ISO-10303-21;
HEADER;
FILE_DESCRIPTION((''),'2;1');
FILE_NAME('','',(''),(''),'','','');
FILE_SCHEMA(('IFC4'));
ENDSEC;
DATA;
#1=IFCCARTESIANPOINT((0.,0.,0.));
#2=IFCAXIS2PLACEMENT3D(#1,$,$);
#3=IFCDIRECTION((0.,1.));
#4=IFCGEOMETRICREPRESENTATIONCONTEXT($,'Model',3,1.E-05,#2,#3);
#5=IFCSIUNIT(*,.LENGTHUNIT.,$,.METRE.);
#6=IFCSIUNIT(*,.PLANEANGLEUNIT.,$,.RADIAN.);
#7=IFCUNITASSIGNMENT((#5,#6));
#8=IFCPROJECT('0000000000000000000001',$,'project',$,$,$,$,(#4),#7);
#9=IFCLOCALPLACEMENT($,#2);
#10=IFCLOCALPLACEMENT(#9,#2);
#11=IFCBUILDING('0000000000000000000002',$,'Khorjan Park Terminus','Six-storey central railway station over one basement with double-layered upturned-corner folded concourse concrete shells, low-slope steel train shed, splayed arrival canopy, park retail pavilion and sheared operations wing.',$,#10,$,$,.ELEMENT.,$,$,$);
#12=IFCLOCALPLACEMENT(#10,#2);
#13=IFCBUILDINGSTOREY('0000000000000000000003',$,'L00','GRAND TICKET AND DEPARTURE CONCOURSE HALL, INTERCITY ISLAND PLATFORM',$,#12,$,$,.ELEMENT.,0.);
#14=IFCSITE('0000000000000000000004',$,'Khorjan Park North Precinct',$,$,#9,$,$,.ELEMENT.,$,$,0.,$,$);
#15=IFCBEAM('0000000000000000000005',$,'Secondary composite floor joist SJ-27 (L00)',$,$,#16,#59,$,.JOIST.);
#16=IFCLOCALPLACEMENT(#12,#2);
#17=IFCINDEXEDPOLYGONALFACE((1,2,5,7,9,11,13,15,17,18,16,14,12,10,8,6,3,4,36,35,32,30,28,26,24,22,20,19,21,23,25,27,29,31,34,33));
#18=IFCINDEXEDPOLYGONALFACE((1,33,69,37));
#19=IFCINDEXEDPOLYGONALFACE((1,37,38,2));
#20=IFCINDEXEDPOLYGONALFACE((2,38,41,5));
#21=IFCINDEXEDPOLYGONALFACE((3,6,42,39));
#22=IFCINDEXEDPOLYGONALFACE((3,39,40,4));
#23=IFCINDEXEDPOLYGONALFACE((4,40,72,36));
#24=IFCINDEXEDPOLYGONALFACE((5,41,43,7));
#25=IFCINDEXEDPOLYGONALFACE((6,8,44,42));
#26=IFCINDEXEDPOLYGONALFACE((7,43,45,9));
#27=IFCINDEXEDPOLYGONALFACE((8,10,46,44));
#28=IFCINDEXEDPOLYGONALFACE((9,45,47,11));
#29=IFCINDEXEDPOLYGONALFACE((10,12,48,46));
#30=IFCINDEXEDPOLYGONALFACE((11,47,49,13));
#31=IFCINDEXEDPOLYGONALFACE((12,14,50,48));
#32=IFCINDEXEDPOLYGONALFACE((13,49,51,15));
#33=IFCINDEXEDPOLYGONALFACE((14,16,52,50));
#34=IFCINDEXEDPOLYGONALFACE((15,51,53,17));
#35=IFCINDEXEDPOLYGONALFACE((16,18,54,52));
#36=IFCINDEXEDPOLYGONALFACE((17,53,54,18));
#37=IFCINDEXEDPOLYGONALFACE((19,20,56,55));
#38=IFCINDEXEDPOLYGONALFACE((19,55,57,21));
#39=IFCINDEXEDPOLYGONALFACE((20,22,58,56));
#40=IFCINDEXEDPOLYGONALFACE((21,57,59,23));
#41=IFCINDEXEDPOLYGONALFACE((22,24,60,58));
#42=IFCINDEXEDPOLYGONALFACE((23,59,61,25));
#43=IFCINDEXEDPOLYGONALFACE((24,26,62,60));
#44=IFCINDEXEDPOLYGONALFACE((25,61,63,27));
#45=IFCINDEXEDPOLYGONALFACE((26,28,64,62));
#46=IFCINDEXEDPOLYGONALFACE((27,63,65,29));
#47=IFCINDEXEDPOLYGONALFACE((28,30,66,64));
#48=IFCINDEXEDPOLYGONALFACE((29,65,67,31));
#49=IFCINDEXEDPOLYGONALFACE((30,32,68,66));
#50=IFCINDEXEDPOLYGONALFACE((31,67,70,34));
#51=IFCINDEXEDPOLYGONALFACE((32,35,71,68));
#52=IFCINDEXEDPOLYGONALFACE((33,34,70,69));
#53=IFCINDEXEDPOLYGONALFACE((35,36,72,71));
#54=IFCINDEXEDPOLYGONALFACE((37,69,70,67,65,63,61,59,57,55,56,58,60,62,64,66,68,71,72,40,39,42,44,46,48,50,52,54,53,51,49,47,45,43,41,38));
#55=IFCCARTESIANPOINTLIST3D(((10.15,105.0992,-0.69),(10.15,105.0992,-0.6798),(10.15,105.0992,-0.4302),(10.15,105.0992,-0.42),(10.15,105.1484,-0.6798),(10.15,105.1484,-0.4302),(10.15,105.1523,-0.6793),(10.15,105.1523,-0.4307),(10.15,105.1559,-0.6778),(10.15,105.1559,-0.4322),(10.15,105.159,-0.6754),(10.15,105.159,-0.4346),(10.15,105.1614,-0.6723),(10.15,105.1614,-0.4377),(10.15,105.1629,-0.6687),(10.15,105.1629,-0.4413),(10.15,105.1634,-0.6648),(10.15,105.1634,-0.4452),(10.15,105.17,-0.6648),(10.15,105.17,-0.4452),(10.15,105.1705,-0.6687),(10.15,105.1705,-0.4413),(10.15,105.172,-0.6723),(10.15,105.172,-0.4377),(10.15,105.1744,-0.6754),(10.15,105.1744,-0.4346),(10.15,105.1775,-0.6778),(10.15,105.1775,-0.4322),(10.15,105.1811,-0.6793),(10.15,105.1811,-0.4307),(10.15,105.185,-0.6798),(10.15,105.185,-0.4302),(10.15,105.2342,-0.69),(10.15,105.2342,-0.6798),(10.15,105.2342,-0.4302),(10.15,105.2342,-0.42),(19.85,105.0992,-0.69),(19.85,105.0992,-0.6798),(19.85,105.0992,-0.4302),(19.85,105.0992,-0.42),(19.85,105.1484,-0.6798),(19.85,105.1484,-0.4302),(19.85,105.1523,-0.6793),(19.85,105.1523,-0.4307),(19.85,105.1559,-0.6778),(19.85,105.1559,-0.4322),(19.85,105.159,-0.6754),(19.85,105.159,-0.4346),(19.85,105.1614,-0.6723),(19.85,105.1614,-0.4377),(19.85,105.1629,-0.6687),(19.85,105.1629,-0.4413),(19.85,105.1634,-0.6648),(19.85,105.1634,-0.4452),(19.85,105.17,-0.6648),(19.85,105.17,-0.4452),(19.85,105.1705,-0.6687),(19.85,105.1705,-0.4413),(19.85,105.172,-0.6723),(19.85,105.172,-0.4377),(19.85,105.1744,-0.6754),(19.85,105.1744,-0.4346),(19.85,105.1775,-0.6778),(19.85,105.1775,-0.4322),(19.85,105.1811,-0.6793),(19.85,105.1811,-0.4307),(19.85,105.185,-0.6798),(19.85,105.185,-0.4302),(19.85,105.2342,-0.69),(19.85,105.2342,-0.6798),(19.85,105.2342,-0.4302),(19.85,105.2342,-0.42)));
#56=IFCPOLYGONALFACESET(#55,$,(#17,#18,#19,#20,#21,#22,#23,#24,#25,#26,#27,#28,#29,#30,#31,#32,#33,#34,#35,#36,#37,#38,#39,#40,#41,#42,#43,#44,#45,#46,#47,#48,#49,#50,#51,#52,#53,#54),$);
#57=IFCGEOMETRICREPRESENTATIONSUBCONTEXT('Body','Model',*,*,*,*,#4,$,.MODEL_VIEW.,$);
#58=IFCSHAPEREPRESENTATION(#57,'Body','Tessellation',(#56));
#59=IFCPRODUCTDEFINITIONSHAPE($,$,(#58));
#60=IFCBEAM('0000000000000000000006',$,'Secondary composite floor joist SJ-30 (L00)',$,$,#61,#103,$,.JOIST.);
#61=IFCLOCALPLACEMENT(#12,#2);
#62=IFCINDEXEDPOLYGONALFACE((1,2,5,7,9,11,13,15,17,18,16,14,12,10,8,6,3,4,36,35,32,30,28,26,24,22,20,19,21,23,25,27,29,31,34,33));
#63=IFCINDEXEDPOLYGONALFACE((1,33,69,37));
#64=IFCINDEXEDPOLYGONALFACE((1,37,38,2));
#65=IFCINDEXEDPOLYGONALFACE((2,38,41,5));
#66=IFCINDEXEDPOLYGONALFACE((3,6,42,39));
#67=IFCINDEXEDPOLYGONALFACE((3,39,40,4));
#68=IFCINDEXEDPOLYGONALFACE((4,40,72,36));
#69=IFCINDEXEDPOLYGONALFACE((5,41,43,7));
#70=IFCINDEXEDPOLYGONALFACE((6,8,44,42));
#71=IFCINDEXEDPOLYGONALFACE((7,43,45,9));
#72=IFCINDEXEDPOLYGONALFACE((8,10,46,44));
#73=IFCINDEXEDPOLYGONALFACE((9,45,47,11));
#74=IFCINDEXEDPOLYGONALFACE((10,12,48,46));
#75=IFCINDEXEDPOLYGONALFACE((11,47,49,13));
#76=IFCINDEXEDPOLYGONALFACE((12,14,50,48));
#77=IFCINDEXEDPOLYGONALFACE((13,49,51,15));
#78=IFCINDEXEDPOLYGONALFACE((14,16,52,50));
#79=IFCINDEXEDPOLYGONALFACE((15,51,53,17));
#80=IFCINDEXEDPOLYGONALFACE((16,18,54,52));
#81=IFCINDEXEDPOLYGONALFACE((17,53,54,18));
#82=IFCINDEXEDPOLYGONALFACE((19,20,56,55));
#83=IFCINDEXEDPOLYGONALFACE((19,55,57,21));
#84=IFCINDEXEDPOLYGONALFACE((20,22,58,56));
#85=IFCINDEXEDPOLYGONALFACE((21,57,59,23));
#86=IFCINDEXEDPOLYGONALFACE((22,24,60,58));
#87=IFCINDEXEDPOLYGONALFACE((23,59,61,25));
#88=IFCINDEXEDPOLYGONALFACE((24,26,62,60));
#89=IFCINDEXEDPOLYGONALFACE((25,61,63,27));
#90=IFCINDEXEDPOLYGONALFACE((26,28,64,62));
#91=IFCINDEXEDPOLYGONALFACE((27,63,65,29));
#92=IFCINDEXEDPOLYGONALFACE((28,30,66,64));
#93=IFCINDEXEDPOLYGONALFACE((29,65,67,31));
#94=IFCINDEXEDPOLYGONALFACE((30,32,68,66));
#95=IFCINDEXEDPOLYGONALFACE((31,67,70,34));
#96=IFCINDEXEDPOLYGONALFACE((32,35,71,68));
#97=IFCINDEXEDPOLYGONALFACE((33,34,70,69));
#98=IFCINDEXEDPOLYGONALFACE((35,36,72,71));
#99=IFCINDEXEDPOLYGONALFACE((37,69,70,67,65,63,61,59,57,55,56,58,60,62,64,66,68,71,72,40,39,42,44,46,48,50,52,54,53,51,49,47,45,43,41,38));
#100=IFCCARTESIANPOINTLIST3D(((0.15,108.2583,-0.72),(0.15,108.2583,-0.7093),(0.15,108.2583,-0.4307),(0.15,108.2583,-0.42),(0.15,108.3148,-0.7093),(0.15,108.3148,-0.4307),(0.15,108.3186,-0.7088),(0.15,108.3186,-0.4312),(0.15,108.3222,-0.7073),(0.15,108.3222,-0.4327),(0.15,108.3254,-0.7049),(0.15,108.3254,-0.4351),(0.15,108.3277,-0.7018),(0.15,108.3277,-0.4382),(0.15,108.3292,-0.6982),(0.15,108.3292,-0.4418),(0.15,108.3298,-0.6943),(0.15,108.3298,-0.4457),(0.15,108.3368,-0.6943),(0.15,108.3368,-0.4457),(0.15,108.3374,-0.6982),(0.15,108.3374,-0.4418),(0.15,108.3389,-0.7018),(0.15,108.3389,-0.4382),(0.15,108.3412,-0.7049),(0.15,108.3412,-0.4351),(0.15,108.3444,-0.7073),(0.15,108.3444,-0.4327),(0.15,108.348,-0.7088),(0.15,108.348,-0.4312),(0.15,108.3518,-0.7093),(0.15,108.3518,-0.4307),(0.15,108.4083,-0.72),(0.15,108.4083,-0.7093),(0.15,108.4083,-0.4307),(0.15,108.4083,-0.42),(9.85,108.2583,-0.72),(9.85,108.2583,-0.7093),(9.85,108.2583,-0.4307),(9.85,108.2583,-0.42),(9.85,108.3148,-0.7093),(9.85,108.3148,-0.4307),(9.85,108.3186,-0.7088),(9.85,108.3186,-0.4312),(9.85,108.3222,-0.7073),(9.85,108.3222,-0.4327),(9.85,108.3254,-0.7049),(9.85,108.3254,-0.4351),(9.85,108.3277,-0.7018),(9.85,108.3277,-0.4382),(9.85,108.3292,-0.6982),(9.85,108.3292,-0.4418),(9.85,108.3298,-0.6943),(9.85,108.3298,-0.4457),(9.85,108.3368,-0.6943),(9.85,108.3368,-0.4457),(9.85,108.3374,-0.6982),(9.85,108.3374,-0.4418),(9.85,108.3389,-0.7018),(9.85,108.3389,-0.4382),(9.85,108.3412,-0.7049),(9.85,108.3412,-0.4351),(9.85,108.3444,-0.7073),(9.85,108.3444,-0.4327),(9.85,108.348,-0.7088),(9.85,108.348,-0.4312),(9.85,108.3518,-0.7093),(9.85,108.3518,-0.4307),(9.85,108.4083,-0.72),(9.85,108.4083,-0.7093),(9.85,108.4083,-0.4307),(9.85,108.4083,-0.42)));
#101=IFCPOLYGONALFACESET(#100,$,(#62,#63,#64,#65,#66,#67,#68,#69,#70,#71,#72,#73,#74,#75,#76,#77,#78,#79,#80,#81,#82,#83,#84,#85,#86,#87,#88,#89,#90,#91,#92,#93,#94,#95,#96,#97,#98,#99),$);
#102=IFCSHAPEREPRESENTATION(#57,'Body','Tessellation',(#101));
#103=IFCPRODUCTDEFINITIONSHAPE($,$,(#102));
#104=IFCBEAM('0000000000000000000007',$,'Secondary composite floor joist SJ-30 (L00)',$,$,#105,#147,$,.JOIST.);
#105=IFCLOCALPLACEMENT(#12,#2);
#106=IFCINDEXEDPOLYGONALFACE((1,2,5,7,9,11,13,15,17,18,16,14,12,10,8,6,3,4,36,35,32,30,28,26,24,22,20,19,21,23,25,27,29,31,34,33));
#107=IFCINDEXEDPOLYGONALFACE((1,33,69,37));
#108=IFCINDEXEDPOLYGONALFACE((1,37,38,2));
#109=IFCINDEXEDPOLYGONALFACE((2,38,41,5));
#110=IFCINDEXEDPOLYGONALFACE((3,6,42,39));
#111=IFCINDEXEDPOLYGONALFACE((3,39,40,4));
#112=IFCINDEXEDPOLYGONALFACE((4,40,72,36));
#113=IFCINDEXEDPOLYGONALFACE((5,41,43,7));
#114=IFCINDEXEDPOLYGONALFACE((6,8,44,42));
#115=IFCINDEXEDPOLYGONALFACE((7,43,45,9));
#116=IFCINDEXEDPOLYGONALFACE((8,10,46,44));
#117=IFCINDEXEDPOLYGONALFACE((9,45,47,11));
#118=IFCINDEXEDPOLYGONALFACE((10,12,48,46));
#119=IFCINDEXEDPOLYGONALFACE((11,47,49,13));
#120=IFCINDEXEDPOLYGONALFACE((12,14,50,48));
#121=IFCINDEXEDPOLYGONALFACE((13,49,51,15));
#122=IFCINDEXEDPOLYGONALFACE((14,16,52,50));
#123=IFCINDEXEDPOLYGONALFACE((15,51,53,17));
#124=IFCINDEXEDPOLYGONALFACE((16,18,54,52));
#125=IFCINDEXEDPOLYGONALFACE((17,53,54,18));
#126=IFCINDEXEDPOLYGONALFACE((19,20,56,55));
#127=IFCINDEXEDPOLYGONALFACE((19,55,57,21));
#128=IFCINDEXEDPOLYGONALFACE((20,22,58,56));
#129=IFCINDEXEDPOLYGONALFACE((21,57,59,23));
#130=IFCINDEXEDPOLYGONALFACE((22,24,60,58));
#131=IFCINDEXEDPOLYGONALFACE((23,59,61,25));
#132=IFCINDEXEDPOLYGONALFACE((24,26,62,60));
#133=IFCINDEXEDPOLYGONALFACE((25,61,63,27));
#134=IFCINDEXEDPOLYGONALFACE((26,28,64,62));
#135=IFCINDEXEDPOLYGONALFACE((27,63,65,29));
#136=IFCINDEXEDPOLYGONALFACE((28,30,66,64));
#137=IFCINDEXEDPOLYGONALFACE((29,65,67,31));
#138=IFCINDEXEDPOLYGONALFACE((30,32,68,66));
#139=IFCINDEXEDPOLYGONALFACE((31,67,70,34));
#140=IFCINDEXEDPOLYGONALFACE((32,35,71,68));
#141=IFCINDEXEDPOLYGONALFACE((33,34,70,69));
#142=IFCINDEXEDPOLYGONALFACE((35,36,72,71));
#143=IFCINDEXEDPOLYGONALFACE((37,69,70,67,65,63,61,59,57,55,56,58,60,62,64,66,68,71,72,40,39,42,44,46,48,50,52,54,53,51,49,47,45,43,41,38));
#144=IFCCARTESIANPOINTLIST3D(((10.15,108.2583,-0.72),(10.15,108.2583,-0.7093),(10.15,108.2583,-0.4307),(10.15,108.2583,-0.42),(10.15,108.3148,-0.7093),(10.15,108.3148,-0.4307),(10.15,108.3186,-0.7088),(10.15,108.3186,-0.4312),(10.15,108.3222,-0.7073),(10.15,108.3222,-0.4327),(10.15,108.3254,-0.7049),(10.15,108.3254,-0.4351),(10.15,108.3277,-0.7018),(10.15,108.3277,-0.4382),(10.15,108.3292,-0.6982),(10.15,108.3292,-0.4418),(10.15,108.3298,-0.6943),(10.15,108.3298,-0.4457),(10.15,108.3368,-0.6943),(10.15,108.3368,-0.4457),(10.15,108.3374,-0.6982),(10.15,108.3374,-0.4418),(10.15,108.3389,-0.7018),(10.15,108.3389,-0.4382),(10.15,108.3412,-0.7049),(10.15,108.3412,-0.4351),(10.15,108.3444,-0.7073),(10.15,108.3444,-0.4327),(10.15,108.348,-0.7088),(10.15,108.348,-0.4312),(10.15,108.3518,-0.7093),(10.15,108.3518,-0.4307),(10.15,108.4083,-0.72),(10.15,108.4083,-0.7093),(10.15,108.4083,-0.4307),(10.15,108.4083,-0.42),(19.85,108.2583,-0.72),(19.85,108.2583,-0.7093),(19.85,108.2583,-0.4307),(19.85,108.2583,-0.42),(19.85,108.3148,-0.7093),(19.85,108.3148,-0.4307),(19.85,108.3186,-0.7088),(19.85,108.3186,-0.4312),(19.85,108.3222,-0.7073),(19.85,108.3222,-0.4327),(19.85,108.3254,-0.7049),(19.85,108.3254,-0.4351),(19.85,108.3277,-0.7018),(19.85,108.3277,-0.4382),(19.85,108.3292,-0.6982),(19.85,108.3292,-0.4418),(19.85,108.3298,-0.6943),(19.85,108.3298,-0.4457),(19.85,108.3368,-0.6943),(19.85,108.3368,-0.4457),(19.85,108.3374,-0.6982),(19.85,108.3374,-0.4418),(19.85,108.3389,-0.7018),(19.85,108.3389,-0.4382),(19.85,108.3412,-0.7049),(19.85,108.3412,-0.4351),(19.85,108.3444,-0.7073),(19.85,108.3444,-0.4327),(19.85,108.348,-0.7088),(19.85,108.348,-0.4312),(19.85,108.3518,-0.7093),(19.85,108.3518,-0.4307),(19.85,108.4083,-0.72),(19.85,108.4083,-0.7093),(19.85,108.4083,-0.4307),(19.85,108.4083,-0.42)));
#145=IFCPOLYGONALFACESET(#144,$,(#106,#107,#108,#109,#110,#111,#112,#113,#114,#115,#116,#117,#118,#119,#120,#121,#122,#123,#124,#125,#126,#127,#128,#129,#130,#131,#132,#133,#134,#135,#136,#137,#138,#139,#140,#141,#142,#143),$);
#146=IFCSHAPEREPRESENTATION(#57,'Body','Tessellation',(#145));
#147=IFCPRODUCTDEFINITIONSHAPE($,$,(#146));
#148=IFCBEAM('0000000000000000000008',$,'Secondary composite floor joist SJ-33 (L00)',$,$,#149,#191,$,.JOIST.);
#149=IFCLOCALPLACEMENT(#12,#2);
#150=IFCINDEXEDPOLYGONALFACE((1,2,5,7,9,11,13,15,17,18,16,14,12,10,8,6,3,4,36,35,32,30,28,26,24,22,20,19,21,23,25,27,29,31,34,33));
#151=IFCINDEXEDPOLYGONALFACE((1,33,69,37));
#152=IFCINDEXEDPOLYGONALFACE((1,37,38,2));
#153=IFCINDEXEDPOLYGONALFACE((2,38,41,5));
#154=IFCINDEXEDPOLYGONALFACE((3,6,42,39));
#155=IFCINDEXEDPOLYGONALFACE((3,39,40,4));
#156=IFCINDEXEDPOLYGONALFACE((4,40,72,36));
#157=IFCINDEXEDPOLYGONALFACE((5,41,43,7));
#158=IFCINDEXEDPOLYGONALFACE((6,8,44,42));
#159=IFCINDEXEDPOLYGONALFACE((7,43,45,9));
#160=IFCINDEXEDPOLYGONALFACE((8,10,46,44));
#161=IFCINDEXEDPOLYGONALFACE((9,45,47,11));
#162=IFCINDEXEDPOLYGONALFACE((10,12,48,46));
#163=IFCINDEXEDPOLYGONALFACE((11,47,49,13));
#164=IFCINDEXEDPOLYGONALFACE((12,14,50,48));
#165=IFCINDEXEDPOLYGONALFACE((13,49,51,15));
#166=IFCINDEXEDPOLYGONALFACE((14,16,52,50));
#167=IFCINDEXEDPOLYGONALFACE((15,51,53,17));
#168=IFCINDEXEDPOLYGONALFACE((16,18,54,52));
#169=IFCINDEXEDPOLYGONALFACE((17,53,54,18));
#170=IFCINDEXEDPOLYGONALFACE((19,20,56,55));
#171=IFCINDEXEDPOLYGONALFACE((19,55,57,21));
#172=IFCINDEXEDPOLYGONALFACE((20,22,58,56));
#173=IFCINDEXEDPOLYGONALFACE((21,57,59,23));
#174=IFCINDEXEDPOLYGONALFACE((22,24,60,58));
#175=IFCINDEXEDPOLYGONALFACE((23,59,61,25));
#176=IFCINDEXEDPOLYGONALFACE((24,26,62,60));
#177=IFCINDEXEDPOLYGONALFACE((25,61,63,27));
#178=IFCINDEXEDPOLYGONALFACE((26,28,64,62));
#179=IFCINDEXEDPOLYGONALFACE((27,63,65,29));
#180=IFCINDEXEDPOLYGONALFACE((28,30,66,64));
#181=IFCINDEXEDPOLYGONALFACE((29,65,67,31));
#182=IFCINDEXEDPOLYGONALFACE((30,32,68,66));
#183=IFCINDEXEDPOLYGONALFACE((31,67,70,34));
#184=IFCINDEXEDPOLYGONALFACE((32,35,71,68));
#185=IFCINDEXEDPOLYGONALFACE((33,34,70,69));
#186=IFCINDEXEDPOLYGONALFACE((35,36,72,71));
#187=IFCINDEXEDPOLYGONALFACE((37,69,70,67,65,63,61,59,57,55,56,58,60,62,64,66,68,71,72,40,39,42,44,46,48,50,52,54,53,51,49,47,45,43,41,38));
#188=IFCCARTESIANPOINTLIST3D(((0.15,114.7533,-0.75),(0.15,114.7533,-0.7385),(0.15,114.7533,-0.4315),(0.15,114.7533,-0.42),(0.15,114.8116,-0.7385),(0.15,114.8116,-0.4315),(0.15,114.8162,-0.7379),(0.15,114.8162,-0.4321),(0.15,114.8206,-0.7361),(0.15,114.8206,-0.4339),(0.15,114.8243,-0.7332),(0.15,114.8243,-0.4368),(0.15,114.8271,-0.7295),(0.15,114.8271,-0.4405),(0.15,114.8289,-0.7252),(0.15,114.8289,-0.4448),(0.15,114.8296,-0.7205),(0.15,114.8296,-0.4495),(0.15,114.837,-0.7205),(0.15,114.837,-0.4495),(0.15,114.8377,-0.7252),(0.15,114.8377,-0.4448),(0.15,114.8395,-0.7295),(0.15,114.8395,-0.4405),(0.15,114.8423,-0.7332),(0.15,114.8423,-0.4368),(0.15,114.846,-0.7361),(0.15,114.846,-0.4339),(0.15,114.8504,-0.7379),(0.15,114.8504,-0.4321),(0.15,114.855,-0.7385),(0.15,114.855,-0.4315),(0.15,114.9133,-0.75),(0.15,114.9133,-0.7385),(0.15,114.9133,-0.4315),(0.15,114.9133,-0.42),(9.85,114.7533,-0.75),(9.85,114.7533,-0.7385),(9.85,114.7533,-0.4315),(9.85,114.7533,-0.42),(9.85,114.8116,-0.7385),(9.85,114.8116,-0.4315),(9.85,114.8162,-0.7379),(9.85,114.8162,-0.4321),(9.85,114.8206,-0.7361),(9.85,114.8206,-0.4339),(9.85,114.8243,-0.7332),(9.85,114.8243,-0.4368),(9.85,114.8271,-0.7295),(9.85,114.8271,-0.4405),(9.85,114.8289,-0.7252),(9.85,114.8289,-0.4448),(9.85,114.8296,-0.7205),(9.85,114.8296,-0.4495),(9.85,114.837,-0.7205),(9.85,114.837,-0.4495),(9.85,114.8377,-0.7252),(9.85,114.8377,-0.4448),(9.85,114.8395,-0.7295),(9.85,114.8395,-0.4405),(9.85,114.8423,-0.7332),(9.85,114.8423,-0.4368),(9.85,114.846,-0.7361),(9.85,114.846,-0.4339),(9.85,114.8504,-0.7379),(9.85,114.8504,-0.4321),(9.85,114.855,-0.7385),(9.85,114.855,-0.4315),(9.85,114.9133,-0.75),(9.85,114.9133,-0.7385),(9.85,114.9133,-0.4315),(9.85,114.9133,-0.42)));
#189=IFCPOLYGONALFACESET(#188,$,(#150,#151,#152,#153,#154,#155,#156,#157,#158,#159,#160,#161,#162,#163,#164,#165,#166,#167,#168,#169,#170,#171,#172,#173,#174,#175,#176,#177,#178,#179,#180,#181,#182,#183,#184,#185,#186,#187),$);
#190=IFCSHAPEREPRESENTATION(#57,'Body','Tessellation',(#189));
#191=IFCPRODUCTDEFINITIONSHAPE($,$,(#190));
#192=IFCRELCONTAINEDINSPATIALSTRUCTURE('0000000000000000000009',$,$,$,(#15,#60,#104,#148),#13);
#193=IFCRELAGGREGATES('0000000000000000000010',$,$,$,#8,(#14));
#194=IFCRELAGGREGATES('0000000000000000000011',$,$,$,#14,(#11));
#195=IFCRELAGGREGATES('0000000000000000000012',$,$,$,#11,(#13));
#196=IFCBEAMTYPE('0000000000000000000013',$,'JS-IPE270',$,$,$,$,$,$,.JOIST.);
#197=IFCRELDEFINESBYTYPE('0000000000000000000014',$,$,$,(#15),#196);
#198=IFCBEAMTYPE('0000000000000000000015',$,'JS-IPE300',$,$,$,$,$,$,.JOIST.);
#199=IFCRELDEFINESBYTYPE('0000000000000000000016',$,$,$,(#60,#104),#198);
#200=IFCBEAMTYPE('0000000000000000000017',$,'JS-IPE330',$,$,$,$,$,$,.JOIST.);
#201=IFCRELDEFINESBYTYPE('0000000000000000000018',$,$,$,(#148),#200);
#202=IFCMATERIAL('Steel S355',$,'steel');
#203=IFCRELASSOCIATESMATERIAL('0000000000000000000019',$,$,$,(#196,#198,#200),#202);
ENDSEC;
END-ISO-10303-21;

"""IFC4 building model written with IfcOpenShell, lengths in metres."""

from ifc_helpers import new_model, si_unit, direction, frame, origin, origin_2d, place, context, subcontext, project, spatial, i_section, extrude, material, material_profile, profile_set, type_object, element, save


model = new_model("IFC4")

# Units and contexts
model_context = context("Model", 3, precision=1e-05, world=origin(), true_north=direction((0.0, 1.0)))
body_context = subcontext(model_context, "Body", "Model", "MODEL_VIEW")
ifc_project = project(units=[si_unit("LENGTHUNIT", "METRE"), si_unit("PLANEANGLEUNIT", "RADIAN")], contexts=[model_context])

# Site, building, storey
site_placement = place(None, origin())
site = spatial("IfcSite", under=ifc_project, at=site_placement, Name="Khorjan Park North Precinct", CompositionType="ELEMENT", RefElevation=0.0)
building_placement = place(site_placement, origin())
building = spatial("IfcBuilding", under=site, at=building_placement, Name="Khorjan Park Terminus", Description="Six-storey central railway station over one basement with double-layered upturned-corner folded concourse concrete shells, low-slope steel train shed, splayed arrival canopy, park retail pavilion and sheared operations wing.", CompositionType="ELEMENT")
storey_placement = place(building_placement, origin())
storey = spatial("IfcBuildingStorey", under=building, at=storey_placement, Name="L00", Description="GRAND TICKET AND DEPARTURE CONCOURSE HALL, INTERCITY ISLAND PLATFORM", CompositionType="ELEMENT", Elevation=0.0)

# Beams
ifc_material = material(Name="Steel S355", Category="steel")
ifc_material_profile_1 = material_profile(ifc_material, i_section(OverallWidth=0.135, OverallDepth=0.27, WebThickness=0.0066, FlangeThickness=0.0102, FilletRadius=0.015, at=origin_2d()), Name="IPE 270")
ifc_profile_set_1 = profile_set([ifc_material_profile_1], Name="Steel S355")
beam_type_1 = type_object("IfcBeamType", Name="JS-IPE270", PredefinedType="JOIST", material=ifc_profile_set_1)
for number, where, z_axis, x_axis, name in (
    (1, (10.15, 105.1667, -0.555), (1.0, 0.0, 0.0), (0.0, 1.0, 0.0), "Secondary composite floor joist SJ-27 (L00)"),
):
    element("IfcBeam", number, at=place(storey_placement, frame(where, z_axis=z_axis, x_axis=x_axis)), inside=storey, type_object=beam_type_1, Name=name, PredefinedType="JOIST", context=body_context, shape_type="SweptSolid", body=[
        extrude(i_section(OverallWidth=0.135, OverallDepth=0.27, WebThickness=0.0066, FlangeThickness=0.0102, FilletRadius=0.015, at=origin_2d()), origin(), (0.0, 0.0, 1.0), 9.7),
    ])
ifc_material_profile_2 = material_profile(ifc_material, i_section(OverallWidth=0.15, OverallDepth=0.3, WebThickness=0.0071, FlangeThickness=0.0107, FilletRadius=0.015, at=origin_2d()), Name="IPE 300")
ifc_profile_set_2 = profile_set([ifc_material_profile_2], Name="Steel S355")
beam_type_2 = type_object("IfcBeamType", Name="JS-IPE300", PredefinedType="JOIST", material=ifc_profile_set_2)
for number, where, z_axis, x_axis, name in (
    (2, (0.15, 108.3333, -0.57), (1.0, 0.0, 0.0), (0.0, 1.0, 0.0), "Secondary composite floor joist SJ-30 (L00)"),
    (3, (10.15, 108.3333, -0.57), (1.0, 0.0, 0.0), (0.0, 1.0, 0.0), "Secondary composite floor joist SJ-30 (L00)"),
):
    element("IfcBeam", number, at=place(storey_placement, frame(where, z_axis=z_axis, x_axis=x_axis)), inside=storey, type_object=beam_type_2, Name=name, PredefinedType="JOIST", context=body_context, shape_type="SweptSolid", body=[
        extrude(i_section(OverallWidth=0.15, OverallDepth=0.3, WebThickness=0.0071, FlangeThickness=0.0107, FilletRadius=0.015, at=origin_2d()), origin(), (0.0, 0.0, 1.0), 9.7),
    ])
ifc_material_profile_3 = material_profile(ifc_material, i_section(OverallWidth=0.16, OverallDepth=0.33, WebThickness=0.0075, FlangeThickness=0.0115, FilletRadius=0.018, at=origin_2d()), Name="IPE 330")
ifc_profile_set_3 = profile_set([ifc_material_profile_3], Name="Steel S355")
beam_type_3 = type_object("IfcBeamType", Name="JS-IPE330", PredefinedType="JOIST", material=ifc_profile_set_3)
for number, where, z_axis, x_axis, name in (
    (4, (0.15, 114.8333, -0.585), (1.0, 0.0, 0.0), (0.0, 1.0, 0.0), "Secondary composite floor joist SJ-33 (L00)"),
):
    element("IfcBeam", number, at=place(storey_placement, frame(where, z_axis=z_axis, x_axis=x_axis)), inside=storey, type_object=beam_type_3, Name=name, PredefinedType="JOIST", context=body_context, shape_type="SweptSolid", body=[
        extrude(i_section(OverallWidth=0.16, OverallDepth=0.33, WebThickness=0.0075, FlangeThickness=0.0115, FilletRadius=0.018, at=origin_2d()), origin(), (0.0, 0.0, 1.0), 9.7),
    ])

save(model, "model.ifc")
